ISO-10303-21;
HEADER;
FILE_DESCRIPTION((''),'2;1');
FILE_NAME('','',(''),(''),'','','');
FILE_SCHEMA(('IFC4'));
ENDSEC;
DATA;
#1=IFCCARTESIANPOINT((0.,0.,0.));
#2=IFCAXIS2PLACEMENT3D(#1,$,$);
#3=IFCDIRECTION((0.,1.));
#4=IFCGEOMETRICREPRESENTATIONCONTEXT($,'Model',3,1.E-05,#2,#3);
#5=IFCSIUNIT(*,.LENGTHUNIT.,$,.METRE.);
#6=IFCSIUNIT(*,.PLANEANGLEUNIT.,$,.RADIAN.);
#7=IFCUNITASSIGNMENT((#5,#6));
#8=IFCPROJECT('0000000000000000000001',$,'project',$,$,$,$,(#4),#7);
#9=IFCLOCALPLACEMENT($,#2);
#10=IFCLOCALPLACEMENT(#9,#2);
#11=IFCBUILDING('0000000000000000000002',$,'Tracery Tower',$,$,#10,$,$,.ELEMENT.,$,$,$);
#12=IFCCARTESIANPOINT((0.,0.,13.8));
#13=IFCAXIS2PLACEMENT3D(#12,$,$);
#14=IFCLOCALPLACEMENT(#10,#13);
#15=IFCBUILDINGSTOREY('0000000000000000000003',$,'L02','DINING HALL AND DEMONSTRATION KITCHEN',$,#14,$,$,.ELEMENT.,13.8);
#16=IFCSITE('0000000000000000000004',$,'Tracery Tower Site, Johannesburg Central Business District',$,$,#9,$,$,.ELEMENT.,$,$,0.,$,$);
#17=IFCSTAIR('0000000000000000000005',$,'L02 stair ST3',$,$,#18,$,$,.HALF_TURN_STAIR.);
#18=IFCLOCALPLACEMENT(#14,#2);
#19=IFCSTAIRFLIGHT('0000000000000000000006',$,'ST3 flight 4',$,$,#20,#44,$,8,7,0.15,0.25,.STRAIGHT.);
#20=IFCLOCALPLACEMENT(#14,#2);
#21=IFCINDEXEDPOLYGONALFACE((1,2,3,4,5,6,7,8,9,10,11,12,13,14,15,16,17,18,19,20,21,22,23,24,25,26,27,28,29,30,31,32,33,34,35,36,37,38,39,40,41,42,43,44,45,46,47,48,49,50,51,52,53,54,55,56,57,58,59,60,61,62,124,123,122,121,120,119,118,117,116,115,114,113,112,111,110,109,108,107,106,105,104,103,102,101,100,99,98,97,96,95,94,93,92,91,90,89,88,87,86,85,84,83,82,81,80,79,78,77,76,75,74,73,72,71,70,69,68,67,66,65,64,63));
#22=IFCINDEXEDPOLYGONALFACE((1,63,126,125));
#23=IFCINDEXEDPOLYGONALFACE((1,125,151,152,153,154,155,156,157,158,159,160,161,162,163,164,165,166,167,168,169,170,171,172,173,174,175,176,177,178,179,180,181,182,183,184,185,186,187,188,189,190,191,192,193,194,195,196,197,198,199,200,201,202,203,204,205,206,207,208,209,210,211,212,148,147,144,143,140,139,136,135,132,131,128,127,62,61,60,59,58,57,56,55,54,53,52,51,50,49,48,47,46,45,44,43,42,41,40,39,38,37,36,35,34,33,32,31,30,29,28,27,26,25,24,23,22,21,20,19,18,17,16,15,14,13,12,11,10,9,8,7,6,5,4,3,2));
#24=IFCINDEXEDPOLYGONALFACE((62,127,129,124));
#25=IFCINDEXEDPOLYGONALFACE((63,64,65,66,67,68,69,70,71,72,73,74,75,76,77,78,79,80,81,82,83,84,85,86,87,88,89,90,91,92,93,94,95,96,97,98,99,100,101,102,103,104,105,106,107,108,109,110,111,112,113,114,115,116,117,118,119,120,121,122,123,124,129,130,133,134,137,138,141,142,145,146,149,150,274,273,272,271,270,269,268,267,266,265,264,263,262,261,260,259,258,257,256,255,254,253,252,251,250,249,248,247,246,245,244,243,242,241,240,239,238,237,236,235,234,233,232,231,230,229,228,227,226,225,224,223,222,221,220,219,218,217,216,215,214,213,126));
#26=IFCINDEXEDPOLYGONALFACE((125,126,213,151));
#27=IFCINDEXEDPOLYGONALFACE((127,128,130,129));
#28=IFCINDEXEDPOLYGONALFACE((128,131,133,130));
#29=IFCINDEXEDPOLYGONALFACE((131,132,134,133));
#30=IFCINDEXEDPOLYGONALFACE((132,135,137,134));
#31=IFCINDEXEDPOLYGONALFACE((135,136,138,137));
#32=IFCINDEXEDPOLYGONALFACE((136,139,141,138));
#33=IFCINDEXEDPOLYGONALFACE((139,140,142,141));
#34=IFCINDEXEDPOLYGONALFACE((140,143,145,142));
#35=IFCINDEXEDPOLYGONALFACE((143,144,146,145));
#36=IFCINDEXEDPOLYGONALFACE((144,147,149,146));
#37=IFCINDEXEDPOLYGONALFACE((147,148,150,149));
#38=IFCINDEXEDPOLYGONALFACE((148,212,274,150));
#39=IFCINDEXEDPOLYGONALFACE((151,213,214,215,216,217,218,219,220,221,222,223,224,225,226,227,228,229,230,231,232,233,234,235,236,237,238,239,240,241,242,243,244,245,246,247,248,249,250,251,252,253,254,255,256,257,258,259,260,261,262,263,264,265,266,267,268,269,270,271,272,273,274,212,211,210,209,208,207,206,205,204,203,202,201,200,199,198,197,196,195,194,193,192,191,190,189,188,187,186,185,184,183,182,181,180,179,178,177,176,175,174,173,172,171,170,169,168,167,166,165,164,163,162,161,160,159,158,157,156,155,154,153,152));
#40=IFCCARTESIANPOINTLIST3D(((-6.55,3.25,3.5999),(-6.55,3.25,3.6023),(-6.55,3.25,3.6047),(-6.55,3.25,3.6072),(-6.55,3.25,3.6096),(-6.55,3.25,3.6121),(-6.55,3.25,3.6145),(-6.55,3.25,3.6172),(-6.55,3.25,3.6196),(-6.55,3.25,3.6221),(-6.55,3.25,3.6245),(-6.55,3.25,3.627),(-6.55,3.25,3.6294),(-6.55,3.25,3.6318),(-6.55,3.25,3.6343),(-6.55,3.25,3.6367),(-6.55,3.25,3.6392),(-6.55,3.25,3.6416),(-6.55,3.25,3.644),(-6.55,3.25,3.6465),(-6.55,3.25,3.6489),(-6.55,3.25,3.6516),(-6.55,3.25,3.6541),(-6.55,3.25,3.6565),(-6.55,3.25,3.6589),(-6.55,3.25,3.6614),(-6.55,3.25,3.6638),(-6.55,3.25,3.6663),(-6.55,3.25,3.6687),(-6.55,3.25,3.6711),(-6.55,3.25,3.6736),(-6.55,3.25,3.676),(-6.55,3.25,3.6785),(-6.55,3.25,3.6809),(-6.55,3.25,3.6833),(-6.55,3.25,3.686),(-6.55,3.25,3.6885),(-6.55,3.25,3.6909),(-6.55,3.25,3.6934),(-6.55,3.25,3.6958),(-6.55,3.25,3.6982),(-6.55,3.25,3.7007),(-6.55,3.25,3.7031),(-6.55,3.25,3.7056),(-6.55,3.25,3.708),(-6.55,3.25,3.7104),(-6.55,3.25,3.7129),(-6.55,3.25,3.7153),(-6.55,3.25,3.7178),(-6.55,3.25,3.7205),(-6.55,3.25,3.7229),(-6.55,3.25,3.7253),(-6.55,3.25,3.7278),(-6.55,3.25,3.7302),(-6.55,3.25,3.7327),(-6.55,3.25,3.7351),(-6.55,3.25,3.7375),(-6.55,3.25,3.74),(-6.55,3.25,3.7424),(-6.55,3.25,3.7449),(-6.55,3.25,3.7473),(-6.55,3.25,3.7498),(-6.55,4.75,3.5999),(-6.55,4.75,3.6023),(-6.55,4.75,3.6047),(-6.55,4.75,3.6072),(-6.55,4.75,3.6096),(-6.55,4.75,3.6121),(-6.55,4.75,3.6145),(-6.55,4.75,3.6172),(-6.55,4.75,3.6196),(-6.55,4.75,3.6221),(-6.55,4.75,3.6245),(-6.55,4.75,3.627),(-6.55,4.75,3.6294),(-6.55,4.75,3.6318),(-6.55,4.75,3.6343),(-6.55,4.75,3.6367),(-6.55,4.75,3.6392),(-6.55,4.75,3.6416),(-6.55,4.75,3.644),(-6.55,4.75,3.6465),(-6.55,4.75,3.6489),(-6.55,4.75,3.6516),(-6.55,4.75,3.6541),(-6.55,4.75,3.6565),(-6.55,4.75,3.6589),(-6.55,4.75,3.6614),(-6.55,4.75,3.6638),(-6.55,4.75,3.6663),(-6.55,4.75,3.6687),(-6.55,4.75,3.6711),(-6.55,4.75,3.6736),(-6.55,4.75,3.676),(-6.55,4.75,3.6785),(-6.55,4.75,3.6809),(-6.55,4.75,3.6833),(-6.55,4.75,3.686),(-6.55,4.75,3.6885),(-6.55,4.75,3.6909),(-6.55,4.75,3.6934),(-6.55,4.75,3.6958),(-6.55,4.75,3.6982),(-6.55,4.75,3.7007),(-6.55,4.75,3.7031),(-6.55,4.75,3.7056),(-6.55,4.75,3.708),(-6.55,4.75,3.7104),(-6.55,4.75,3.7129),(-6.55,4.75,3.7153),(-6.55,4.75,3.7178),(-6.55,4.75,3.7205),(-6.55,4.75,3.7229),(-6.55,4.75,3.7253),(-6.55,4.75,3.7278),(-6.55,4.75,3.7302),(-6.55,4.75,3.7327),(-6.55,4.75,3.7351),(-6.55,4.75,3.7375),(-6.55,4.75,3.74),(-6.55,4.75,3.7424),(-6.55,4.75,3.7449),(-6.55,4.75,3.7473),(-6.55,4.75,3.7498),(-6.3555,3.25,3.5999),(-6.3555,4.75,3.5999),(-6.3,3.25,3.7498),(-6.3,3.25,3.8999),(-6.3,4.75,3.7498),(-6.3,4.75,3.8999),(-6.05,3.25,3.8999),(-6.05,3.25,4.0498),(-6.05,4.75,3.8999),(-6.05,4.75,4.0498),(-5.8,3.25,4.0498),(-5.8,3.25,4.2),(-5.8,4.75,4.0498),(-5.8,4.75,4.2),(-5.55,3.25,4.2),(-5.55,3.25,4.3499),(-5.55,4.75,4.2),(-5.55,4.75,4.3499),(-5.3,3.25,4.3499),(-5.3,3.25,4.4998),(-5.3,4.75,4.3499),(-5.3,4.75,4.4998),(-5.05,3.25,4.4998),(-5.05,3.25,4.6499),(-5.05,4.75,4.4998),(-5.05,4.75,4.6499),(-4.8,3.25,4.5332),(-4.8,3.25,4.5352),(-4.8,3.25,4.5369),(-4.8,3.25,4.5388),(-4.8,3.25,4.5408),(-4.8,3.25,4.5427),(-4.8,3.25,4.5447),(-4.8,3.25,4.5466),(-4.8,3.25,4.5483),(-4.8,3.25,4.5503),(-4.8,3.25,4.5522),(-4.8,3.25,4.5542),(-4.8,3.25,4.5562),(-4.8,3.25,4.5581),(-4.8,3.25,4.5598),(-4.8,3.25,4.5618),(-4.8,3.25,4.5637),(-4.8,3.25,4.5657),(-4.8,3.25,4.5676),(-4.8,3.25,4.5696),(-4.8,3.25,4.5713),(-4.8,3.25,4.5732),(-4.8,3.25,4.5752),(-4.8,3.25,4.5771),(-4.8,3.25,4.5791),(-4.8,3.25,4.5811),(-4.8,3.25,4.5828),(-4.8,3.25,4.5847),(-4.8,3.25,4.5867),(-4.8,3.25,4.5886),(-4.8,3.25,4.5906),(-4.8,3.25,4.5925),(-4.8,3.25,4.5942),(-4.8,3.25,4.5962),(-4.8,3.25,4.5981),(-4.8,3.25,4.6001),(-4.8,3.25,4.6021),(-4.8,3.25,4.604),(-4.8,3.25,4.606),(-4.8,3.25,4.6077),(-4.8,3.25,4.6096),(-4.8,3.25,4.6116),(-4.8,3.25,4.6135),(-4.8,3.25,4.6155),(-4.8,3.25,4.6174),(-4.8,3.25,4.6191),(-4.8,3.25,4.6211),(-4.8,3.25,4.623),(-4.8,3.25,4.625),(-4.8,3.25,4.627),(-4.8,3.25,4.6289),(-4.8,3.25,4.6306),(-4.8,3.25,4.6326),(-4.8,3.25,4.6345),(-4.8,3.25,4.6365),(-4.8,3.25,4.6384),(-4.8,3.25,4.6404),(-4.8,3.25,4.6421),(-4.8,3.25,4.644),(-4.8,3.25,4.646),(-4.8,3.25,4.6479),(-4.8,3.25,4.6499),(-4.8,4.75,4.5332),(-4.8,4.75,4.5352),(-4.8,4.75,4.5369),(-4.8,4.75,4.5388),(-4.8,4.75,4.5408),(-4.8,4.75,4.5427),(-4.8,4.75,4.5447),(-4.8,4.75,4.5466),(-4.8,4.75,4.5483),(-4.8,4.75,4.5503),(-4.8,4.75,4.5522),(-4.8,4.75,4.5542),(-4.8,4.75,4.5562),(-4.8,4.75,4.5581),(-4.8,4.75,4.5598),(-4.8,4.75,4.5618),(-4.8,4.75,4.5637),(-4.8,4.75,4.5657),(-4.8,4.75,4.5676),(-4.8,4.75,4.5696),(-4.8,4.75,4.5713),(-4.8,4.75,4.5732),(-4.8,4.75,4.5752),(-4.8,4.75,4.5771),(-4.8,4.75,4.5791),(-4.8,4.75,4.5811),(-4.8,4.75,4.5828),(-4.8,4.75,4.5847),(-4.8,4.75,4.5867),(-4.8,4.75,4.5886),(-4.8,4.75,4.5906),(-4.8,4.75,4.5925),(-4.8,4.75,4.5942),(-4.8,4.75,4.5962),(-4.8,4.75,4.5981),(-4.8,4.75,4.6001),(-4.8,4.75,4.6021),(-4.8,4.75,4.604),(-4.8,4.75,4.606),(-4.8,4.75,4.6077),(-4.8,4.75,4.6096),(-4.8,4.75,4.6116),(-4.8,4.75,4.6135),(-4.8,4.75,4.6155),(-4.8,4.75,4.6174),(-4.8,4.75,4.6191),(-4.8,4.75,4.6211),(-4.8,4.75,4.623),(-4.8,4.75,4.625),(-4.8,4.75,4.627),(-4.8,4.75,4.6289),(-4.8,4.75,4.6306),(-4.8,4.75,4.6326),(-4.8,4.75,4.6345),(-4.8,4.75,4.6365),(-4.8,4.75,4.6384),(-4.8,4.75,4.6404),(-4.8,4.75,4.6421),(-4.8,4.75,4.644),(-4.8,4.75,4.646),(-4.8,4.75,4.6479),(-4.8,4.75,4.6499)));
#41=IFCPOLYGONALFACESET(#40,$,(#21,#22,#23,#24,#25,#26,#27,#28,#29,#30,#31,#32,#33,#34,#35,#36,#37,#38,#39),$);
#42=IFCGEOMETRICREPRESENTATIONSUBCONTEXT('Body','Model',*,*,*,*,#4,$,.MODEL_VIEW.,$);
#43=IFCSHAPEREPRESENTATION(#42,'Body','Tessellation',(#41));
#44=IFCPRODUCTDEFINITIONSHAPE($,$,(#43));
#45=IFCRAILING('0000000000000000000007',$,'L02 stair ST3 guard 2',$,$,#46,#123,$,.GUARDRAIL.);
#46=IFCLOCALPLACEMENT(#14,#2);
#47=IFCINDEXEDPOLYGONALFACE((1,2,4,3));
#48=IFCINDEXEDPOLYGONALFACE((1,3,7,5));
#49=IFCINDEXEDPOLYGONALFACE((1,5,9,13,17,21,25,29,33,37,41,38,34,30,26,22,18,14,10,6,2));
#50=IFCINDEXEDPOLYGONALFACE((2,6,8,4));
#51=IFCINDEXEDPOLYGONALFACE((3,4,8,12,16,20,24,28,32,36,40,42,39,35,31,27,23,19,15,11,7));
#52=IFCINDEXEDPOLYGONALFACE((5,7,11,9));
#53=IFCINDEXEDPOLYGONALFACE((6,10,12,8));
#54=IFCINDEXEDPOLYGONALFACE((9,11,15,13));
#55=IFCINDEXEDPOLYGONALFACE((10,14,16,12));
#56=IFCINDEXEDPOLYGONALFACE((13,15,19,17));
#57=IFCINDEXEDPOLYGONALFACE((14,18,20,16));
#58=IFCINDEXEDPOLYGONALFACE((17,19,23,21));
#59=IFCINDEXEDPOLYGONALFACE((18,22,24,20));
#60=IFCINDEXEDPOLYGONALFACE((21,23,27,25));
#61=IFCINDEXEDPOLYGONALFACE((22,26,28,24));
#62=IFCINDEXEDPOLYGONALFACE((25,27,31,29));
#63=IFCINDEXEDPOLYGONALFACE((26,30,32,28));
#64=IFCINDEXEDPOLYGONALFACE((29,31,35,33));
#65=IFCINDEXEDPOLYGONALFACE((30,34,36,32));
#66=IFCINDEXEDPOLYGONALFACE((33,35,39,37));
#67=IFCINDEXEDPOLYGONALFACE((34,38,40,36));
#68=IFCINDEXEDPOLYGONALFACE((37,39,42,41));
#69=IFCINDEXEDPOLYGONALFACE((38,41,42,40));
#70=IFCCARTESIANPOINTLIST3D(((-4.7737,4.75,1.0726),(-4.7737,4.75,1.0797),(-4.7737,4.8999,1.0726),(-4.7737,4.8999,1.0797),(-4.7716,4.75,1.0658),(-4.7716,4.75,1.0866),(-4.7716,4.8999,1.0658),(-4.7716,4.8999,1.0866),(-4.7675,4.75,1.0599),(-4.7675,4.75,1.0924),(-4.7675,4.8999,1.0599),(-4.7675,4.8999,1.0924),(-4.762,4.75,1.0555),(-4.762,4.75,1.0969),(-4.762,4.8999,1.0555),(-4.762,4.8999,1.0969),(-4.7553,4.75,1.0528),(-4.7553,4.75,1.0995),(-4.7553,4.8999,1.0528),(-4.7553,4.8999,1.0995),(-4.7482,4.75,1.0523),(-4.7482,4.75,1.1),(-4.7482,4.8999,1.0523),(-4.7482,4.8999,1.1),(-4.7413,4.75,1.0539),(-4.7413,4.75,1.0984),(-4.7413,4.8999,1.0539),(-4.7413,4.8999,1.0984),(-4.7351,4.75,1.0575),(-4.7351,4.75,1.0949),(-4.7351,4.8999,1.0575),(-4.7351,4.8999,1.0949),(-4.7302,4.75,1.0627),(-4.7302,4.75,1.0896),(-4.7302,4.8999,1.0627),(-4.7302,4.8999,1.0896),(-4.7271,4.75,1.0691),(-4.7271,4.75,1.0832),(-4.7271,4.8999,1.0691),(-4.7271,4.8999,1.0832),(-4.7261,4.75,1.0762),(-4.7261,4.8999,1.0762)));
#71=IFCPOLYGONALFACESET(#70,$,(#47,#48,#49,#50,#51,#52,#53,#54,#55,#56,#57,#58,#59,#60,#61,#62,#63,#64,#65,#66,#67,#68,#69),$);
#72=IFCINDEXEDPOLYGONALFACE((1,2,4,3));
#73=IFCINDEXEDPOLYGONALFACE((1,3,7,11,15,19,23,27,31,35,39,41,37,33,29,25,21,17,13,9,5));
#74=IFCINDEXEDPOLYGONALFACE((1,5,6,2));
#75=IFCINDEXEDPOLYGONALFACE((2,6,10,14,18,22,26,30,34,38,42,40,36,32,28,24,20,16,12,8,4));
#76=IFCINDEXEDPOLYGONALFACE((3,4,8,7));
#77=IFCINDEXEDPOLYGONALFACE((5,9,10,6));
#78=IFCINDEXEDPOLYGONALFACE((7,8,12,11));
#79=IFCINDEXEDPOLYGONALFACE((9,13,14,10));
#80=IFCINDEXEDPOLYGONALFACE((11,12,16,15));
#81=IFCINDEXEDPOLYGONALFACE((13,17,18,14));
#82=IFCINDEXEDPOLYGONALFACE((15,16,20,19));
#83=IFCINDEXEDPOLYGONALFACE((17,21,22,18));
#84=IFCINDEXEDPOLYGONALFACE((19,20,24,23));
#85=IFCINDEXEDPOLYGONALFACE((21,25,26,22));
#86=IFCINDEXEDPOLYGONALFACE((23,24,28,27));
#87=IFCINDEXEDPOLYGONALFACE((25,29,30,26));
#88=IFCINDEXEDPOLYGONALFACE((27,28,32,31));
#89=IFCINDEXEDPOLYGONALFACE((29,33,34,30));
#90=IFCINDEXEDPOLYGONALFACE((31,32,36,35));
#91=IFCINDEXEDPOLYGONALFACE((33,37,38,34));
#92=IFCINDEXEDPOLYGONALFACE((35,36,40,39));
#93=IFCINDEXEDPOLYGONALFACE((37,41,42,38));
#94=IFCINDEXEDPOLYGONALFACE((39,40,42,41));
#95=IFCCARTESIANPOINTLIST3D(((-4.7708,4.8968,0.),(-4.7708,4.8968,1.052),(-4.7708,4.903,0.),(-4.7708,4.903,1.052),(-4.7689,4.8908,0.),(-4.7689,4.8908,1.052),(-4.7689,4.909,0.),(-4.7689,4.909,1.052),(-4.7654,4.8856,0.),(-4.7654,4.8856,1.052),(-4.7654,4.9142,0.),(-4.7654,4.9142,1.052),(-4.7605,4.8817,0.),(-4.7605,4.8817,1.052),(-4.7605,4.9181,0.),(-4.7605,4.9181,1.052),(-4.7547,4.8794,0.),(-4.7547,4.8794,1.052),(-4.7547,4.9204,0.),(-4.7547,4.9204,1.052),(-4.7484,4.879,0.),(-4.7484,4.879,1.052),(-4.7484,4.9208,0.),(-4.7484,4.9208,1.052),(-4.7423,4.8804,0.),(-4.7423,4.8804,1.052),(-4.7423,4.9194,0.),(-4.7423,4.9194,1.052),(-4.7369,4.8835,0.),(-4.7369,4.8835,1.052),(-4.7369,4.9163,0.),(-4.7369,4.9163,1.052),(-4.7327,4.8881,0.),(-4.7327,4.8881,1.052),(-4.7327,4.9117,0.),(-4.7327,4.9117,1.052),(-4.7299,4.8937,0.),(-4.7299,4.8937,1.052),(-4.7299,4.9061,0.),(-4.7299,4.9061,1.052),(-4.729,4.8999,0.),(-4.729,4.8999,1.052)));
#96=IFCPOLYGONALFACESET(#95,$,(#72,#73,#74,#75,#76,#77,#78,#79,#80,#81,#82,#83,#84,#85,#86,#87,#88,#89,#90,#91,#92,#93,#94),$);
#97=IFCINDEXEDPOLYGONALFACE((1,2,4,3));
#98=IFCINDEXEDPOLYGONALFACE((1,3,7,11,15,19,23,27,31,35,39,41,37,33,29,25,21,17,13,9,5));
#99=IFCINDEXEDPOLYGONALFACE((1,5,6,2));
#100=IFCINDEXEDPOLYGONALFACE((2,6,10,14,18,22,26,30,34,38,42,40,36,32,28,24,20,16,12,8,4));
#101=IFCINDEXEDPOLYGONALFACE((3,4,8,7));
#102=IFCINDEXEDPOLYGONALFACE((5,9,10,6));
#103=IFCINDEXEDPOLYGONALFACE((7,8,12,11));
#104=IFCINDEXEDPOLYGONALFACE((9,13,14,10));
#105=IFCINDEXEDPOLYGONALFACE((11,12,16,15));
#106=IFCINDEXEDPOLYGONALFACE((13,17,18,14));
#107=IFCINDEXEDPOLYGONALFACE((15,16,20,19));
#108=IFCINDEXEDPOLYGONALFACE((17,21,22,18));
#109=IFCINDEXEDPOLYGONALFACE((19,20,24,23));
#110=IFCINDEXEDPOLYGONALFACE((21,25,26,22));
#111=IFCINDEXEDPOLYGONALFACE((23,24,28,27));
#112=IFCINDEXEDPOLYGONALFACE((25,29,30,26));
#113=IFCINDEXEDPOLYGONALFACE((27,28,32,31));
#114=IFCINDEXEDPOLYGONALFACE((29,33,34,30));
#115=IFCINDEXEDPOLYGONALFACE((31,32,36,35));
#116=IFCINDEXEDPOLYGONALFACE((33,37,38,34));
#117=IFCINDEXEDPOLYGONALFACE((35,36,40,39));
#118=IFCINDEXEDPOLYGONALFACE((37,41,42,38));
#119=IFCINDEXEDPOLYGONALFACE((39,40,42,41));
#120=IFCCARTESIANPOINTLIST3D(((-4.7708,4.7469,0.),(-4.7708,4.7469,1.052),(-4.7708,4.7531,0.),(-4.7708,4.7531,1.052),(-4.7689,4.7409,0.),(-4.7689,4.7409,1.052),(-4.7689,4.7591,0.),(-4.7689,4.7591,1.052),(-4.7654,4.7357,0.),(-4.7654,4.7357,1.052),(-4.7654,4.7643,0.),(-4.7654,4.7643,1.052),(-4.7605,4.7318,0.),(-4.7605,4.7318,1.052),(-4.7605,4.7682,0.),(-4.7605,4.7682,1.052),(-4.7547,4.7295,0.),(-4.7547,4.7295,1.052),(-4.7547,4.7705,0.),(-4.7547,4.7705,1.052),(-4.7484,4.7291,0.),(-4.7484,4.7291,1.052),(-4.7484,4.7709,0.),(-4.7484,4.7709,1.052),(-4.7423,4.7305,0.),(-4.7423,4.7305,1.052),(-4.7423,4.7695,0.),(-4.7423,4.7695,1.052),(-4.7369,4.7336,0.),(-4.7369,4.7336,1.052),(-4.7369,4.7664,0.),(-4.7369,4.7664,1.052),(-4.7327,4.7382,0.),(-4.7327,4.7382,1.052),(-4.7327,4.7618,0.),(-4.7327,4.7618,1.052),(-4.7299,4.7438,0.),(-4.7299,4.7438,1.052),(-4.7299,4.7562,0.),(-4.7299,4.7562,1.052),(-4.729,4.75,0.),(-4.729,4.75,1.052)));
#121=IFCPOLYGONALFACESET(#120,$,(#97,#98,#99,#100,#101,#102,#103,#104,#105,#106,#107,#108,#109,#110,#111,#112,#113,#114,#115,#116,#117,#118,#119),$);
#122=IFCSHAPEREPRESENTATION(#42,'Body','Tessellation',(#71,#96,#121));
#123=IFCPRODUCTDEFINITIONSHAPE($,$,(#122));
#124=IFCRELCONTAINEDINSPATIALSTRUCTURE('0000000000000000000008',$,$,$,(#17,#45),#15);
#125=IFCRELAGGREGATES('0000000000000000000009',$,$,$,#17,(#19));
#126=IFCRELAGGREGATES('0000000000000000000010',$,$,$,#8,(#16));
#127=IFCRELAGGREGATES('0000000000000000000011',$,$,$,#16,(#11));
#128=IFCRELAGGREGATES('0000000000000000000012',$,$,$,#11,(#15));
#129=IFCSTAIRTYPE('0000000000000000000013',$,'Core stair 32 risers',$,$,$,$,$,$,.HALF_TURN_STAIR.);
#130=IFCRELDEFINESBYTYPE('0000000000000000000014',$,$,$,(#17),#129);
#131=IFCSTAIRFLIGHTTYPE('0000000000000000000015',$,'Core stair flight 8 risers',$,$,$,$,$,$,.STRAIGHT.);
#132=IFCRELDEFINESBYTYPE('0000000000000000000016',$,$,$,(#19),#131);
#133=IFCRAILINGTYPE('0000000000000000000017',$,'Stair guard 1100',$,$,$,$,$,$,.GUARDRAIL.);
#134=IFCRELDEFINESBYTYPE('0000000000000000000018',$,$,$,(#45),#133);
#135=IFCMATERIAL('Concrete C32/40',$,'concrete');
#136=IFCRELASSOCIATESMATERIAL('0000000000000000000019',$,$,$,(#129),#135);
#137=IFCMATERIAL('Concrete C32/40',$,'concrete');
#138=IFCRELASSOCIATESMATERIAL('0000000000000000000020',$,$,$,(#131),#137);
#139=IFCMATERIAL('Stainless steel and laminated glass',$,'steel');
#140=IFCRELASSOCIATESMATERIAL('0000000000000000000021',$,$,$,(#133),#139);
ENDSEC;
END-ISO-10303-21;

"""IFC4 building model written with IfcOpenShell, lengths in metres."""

from ifc_helpers import new_model, si_unit, direction, frame, origin, origin_2d, place, context, subcontext, project, spatial, polyline, circle, outline, extrude, material, type_object, element, aggregate, save


model = new_model("IFC4")

# Units and contexts
model_context = context("Model", 3, precision=1e-05, world=origin(), true_north=direction((0.0, 1.0)))
body_context = subcontext(model_context, "Body", "Model", "MODEL_VIEW")
ifc_project = project(units=[si_unit("LENGTHUNIT", "METRE"), si_unit("PLANEANGLEUNIT", "RADIAN")], contexts=[model_context])

# Site, building, storey
site_placement = place(None, origin())
site = spatial("IfcSite", under=ifc_project, at=site_placement, Name="Tracery Tower Site, Johannesburg Central Business District", CompositionType="ELEMENT", RefElevation=0.0)
building_placement = place(site_placement, origin())
building = spatial("IfcBuilding", under=site, at=building_placement, Name="Tracery Tower", CompositionType="ELEMENT")
storey_placement = place(building_placement, frame((0.0, 0.0, 13.8)))
storey = spatial("IfcBuildingStorey", under=building, at=storey_placement, Name="L02", Description="DINING HALL AND DEMONSTRATION KITCHEN", CompositionType="ELEMENT", Elevation=13.8)

# Stair, stair flight
ifc_material_1 = material(Name="Concrete C32/40", Category="concrete")
stair_type = type_object("IfcStairType", Name="Core stair 32 risers", PredefinedType="HALF_TURN_STAIR", material=ifc_material_1)
stair_placement = place(storey_placement, origin())
stair = element("IfcStair", 1, at=stair_placement, inside=storey, type_object=stair_type, Name="L02 stair ST3", PredefinedType="HALF_TURN_STAIR")
ifc_material_2 = material(Name="Concrete C32/40", Category="concrete")
stair_flight_type = type_object("IfcStairFlightType", Name="Core stair flight 8 risers", PredefinedType="STRAIGHT", material=ifc_material_2)
stair_flight_1_placement = place(storey_placement, frame((-6.55, 4.0, 3.5999), z_axis=(0.0, 0.0, 1.0), x_axis=(1.0, 0.0, 0.0)))
stair_flight_1 = element("IfcStairFlight", 2, at=stair_flight_1_placement, type_object=stair_flight_type, Name="ST3 flight 4", NumberOfRisers=8, NumberOfTreads=7, PredefinedType="STRAIGHT", RiserHeight=0.15, TreadLength=0.25, context=body_context, shape_type="SweptSolid", body=[
    extrude(outline(polyline([(0.0, 0.0), (0.0, 0.0024), (0.0, 0.0049), (0.0, 0.0073), (0.0, 0.0098), (0.0, 0.0122), (0.0, 0.0146), (0.0, 0.0173), (0.0, 0.0198), (0.0, 0.0222), (0.0, 0.0247), (0.0, 0.0271), (0.0, 0.0295), (0.0, 0.032), (0.0, 0.0344), (0.0, 0.0369), (0.0, 0.0393), (0.0, 0.0417), (0.0, 0.0442), (0.0, 0.0466), (0.0, 0.0491), (0.0, 0.0518), (0.0, 0.0542), (0.0, 0.0566), (0.0, 0.0591), (0.0, 0.0615), (0.0, 0.064), (0.0, 0.0664), (0.0, 0.0688), (0.0, 0.0713), (0.0, 0.0737), (0.0, 0.0762), (0.0, 0.0786), (0.0, 0.0811), (0.0, 0.0835), (0.0, 0.0862), (0.0, 0.0886), (0.0, 0.0911), (0.0, 0.0935), (0.0, 0.0959), (0.0, 0.0984), (0.0, 0.1008), (0.0, 0.1033), (0.0, 0.1057), (0.0, 0.1082), (0.0, 0.1106), (0.0, 0.113), (0.0, 0.1155), (0.0, 0.1179), (0.0, 0.1206), (0.0, 0.123), (0.0, 0.1255), (0.0, 0.1279), (0.0, 0.1304), (0.0, 0.1328), (0.0, 0.1353), (0.0, 0.1377), (0.0, 0.1401), (0.0, 0.1426), (0.0, 0.145), (0.0, 0.1475), (0.0, 0.1499), (0.25, 0.1499), (0.25, 0.3), (0.5, 0.3), (0.5, 0.45), (0.75, 0.45), (0.75, 0.6001), (1.0, 0.6001), (1.0, 0.75), (1.25, 0.75), (1.25, 0.8999), (1.5, 0.8999), (1.5, 1.05), (1.75, 1.05), (1.75, 1.0481), (1.75, 1.0461), (1.75, 1.0442), (1.75, 1.0422), (1.75, 1.0405), (1.75, 1.0386), (1.75, 1.0366), (1.75, 1.0347), (1.75, 1.0327), (1.75, 1.0308), (1.75, 1.0291), (1.75, 1.0271), (1.75, 1.0251), (1.75, 1.0232), (1.75, 1.0212), (1.75, 1.0193), (1.75, 1.0176), (1.75, 1.0156), (1.75, 1.0137), (1.75, 1.0117), (1.75, 1.0098), (1.75, 1.0078), (1.75, 1.0061), (1.75, 1.0042), (1.75, 1.0022), (1.75, 1.0002), (1.75, 0.9983), (1.75, 0.9963), (1.75, 0.9944), (1.75, 0.9927), (1.75, 0.9907), (1.75, 0.9888), (1.75, 0.9868), (1.75, 0.9849), (1.75, 0.9829), (1.75, 0.9812), (1.75, 0.9792), (1.75, 0.9773), (1.75, 0.9753), (1.75, 0.9734), (1.75, 0.9714), (1.75, 0.9697), (1.75, 0.9678), (1.75, 0.9658), (1.75, 0.9639), (1.75, 0.9619), (1.75, 0.96), (1.75, 0.9583), (1.75, 0.9563), (1.75, 0.9543), (1.75, 0.9524), (1.75, 0.9504), (1.75, 0.9485), (1.75, 0.9468), (1.75, 0.9448), (1.75, 0.9429), (1.75, 0.9409), (1.75, 0.939), (1.75, 0.937), (1.75, 0.9353), (1.75, 0.9333), (0.1946, 0.0), (0.0, 0.0)])), frame((0.0, 0.75, 0.0), z_axis=(0.0, -1.0, 0.0), x_axis=(1.0, 0.0, 0.0)), (0.0, 0.0, 1.0), 1.5),
])
aggregate(stair, [stair_flight_1])

# Railing
ifc_material_3 = material(Name="Stainless steel and laminated glass", Category="steel")
railing_type_1 = type_object("IfcRailingType", Name="Stair guard 1100", PredefinedType="GUARDRAIL", material=ifc_material_3)
railing_1_placement = place(storey_placement, frame((-4.75, 4.8999, 0.0)))
element("IfcRailing", 3, at=railing_1_placement, inside=storey, type_object=railing_type_1, Name="L02 stair ST3 guard 2", PredefinedType="GUARDRAIL", context=body_context, shape_type="SweptSolid", body=[
    extrude(circle(Radius=0.0239, at=origin_2d()), frame((0.0, 0.0, 1.0762), z_axis=(0.0, -1.0, 0.0), x_axis=(1.0, 0.0, 0.0)), (0.0, 0.0, 1.0), 0.1499),
    extrude(circle(Radius=0.021, at=origin_2d()), origin(), (0.0, 0.0, 1.0), 1.052),
    extrude(circle(Radius=0.021, at=origin_2d()), frame((0.0, -0.1499, 0.0)), (0.0, 0.0, 1.0), 1.052),
])

save(model, "model.ifc")
